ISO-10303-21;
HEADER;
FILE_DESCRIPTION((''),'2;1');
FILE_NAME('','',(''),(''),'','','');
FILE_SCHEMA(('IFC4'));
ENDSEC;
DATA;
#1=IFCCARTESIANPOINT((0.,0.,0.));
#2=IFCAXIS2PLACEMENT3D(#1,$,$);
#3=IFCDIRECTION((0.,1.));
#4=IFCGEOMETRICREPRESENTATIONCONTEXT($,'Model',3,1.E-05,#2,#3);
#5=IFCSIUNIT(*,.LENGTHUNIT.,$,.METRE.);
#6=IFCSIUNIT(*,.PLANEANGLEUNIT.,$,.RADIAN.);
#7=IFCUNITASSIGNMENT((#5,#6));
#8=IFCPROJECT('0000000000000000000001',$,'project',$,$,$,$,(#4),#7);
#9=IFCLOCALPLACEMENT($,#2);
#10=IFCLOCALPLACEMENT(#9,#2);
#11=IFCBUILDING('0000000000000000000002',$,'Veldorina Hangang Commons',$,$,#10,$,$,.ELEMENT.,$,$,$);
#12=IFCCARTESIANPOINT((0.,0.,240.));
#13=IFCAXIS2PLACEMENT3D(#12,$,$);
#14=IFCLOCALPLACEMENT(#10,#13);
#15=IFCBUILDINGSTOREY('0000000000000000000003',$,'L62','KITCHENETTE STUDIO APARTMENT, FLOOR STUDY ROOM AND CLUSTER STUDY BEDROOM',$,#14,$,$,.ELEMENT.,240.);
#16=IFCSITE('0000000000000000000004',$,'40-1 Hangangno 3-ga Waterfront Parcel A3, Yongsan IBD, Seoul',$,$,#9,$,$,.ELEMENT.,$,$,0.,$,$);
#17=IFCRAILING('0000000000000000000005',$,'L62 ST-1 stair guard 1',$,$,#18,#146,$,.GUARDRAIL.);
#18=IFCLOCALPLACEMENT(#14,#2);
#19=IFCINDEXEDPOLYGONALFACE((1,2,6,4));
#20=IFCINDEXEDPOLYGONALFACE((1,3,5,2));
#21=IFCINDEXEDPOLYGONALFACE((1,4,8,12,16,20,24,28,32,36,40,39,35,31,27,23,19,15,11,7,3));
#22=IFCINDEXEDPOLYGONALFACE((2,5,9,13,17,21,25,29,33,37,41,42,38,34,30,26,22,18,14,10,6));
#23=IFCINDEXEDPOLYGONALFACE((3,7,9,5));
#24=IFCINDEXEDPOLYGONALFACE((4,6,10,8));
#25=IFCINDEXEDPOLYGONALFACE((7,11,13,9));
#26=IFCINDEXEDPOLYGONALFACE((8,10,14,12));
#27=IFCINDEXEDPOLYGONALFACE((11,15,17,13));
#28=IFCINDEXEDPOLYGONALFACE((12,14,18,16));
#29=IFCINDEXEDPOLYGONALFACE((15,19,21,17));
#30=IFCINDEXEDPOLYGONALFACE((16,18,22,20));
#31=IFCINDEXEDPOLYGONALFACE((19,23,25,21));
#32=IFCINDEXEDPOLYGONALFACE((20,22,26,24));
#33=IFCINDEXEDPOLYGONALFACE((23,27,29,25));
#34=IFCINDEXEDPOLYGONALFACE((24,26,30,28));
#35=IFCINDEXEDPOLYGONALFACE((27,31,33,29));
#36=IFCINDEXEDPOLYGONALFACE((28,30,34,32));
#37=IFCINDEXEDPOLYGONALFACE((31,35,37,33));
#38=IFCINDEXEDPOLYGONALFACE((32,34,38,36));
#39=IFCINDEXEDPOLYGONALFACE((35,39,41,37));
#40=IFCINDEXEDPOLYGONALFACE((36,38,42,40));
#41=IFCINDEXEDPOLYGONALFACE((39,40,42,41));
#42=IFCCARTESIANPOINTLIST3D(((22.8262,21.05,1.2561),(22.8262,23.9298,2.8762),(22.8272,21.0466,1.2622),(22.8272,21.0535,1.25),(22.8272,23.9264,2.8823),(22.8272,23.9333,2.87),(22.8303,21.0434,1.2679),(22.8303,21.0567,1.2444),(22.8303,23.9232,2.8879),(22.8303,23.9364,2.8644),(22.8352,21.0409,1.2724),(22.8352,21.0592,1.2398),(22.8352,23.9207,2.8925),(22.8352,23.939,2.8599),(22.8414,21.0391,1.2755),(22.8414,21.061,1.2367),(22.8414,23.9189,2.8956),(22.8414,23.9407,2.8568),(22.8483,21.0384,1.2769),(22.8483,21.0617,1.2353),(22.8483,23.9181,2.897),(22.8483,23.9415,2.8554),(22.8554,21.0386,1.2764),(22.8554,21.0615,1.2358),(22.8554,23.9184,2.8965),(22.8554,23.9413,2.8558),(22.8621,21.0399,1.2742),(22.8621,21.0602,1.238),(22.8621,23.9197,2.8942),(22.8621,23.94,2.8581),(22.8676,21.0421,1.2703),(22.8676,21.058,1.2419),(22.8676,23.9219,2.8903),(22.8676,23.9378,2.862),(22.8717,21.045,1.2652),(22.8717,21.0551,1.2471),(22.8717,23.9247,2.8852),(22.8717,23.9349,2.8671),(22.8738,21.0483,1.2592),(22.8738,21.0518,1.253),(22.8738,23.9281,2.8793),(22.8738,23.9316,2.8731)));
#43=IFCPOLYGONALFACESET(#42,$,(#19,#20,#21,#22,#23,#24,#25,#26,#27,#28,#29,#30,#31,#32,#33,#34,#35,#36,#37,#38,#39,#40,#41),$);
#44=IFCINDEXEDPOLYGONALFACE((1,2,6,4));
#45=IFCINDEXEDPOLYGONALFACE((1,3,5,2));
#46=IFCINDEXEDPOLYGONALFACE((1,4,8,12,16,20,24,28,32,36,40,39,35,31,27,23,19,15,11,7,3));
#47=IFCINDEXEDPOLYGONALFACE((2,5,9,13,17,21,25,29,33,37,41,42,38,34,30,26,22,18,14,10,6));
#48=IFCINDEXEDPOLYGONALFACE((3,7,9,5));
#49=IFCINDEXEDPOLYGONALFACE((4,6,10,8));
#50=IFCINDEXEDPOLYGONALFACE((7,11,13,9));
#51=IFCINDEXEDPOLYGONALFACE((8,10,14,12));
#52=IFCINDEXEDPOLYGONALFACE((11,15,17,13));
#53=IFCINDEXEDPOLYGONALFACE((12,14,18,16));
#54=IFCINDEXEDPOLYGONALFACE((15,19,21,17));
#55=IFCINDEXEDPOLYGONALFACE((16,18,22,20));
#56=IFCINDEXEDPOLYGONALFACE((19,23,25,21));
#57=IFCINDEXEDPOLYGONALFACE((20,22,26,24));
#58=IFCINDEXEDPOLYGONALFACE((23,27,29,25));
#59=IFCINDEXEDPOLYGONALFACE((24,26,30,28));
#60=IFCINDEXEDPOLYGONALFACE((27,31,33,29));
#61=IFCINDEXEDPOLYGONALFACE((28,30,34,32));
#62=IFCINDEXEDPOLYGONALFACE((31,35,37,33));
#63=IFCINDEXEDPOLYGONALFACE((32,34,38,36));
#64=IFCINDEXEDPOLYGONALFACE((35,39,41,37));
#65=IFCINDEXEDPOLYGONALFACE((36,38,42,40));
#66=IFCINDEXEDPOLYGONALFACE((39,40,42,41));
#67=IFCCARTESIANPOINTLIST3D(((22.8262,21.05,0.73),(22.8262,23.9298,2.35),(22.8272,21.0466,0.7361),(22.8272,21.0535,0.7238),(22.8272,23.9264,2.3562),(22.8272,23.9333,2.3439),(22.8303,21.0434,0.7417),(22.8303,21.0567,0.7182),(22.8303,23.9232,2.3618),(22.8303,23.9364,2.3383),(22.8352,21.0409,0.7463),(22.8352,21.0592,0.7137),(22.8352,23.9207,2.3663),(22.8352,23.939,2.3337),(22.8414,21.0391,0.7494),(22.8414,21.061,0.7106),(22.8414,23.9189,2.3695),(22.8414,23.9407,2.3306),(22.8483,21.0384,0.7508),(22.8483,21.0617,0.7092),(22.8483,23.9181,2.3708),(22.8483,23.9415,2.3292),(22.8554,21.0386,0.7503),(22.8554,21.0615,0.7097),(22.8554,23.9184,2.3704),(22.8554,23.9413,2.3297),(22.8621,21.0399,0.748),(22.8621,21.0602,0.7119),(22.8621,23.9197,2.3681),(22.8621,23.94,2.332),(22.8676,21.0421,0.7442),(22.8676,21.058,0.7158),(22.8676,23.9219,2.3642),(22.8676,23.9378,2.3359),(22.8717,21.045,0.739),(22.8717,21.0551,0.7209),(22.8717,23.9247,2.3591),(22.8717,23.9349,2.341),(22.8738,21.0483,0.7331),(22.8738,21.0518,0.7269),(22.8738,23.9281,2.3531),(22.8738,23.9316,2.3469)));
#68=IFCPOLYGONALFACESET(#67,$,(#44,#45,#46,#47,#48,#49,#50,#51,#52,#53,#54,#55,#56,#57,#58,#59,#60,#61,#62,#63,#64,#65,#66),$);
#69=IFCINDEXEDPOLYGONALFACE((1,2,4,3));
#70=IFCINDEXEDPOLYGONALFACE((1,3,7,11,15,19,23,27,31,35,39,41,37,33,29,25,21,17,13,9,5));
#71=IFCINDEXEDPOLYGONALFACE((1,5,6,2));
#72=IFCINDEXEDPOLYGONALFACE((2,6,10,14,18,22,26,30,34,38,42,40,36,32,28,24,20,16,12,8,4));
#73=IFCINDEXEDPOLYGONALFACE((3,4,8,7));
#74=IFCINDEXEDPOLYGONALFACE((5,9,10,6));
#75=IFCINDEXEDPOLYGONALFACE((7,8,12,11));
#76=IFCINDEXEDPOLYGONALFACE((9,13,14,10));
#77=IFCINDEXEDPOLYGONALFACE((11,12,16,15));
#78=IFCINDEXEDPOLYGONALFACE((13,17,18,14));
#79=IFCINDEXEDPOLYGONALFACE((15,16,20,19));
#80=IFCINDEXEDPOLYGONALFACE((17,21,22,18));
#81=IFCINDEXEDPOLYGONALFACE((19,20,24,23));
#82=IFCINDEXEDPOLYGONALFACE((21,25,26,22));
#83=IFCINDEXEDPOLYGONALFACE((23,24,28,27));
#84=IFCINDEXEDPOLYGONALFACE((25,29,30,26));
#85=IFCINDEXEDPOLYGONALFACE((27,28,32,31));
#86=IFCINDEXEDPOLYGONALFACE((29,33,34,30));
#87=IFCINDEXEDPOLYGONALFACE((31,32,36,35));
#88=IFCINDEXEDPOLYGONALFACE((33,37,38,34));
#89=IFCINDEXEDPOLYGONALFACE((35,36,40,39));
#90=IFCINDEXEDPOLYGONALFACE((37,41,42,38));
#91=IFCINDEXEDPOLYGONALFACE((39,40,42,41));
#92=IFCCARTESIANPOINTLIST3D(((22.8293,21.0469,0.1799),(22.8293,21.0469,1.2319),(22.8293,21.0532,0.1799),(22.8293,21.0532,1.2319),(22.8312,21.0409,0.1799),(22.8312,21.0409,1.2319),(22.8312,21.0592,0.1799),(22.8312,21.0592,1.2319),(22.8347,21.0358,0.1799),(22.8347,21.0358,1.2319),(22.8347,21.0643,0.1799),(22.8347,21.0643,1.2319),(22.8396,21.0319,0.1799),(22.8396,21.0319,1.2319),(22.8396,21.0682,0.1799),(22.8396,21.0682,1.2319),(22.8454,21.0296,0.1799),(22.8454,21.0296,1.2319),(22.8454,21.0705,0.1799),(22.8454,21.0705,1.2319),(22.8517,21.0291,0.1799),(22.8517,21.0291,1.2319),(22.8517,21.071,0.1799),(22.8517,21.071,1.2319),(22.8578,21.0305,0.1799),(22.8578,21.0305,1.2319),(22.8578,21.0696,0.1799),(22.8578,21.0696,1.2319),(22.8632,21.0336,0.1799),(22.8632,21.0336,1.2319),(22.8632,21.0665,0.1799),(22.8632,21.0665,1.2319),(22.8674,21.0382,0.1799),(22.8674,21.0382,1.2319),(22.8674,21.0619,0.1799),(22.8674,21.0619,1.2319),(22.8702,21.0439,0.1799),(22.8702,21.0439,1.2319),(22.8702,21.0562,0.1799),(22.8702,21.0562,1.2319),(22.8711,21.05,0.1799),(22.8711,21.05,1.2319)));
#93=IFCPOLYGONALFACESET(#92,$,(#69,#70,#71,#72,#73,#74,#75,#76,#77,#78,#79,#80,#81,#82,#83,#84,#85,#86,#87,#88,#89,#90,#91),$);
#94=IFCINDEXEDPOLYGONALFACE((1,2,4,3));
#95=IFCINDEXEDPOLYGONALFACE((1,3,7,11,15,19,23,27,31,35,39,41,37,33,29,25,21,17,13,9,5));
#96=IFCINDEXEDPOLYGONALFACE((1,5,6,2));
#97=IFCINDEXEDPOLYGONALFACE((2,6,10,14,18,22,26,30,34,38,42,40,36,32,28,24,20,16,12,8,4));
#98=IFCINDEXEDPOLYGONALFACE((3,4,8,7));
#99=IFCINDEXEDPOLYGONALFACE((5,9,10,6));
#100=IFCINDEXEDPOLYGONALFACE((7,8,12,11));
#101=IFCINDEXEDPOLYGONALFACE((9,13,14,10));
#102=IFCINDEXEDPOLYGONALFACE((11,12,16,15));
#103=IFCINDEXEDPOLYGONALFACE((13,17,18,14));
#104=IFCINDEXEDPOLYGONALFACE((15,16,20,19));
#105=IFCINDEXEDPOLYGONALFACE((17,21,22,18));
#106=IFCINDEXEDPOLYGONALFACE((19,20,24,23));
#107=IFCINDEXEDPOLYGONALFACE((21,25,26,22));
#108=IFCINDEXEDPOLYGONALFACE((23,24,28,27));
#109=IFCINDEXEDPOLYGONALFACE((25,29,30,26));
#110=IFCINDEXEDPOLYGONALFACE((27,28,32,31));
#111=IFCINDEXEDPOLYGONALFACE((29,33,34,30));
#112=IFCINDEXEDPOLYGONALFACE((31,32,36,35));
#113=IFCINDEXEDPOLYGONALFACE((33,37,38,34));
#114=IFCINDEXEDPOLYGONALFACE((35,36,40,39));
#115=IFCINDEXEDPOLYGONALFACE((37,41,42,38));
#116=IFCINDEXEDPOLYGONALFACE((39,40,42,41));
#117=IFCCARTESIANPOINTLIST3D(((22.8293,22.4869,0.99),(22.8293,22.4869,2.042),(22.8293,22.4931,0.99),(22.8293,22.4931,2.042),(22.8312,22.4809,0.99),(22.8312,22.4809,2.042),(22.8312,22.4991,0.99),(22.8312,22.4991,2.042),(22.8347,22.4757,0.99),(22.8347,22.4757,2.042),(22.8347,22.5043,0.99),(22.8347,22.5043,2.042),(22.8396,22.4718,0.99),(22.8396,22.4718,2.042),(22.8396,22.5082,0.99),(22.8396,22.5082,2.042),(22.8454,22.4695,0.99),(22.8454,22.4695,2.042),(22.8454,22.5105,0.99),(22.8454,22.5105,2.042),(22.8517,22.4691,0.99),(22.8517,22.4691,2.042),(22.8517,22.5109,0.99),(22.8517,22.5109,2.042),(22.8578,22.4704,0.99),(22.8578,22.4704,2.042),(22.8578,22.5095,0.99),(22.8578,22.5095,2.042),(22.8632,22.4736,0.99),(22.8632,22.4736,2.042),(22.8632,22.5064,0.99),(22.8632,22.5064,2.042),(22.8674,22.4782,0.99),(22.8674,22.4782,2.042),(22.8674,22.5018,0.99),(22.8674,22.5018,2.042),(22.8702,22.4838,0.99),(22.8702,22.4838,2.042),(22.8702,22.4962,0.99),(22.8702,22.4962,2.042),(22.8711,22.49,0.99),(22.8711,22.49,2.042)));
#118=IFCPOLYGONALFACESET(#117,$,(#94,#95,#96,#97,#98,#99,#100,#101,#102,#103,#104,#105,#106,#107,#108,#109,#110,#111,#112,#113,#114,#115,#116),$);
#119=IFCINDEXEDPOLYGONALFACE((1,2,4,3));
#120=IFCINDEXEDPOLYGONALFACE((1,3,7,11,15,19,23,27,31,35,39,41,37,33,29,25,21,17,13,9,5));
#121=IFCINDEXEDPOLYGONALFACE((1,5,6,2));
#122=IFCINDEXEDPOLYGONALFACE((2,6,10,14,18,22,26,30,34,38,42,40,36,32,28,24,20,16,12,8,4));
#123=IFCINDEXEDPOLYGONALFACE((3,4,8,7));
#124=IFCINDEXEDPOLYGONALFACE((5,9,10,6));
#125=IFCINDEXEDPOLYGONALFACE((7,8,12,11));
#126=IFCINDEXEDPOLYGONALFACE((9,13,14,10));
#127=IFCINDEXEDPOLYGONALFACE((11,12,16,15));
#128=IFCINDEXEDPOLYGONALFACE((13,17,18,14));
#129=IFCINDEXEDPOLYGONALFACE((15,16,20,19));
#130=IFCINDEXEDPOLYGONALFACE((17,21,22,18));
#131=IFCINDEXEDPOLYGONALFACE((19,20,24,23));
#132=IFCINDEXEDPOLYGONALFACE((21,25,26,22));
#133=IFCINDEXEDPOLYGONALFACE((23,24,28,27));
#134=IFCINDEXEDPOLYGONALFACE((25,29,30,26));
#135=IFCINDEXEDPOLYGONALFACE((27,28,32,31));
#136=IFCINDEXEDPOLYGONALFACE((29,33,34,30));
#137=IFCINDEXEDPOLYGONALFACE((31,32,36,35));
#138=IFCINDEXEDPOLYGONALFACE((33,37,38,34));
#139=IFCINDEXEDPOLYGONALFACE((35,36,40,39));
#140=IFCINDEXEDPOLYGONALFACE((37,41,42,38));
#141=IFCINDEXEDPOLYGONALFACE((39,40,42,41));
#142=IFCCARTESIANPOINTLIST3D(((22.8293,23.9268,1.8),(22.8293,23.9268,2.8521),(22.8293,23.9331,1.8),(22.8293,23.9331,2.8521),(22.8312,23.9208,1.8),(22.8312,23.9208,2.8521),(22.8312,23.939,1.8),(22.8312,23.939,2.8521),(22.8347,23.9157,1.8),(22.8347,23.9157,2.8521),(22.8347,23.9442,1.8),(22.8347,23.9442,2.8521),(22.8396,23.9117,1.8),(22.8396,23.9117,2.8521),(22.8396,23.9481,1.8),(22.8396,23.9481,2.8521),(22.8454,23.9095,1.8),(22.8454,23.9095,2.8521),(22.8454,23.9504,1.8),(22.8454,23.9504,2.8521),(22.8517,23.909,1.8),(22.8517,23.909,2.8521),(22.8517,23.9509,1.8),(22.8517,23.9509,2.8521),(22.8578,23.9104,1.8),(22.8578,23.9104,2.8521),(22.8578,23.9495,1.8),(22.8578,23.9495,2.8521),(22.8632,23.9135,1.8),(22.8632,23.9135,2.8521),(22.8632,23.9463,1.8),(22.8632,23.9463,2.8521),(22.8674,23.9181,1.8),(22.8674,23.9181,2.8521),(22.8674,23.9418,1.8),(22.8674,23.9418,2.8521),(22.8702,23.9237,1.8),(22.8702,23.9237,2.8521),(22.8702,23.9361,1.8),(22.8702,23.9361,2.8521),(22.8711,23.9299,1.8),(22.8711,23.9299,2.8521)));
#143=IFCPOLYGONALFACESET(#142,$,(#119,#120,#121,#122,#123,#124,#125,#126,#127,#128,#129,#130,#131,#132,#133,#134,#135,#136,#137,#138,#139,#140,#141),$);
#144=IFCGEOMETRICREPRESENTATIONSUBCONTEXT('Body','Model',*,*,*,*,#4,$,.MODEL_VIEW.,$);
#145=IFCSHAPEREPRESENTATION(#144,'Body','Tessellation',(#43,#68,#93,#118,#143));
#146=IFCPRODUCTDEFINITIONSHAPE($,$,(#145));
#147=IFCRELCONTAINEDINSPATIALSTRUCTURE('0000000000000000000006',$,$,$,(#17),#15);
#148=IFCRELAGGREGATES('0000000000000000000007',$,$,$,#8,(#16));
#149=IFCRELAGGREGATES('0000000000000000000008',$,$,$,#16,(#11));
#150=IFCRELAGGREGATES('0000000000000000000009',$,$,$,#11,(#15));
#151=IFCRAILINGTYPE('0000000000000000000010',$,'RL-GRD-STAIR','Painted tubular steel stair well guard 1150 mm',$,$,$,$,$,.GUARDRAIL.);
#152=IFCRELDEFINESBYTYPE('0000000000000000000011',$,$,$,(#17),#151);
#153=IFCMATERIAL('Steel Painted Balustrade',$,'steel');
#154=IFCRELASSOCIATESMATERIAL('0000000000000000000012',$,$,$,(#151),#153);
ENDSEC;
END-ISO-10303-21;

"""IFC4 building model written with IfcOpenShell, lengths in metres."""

from ifc_helpers import new_model, si_unit, direction, frame, origin, origin_2d, place, context, subcontext, project, spatial, circle, extrude, material, type_object, element, save


model = new_model("IFC4")

# Units and contexts
model_context = context("Model", 3, precision=1e-05, world=origin(), true_north=direction((0.0, 1.0)))
body_context = subcontext(model_context, "Body", "Model", "MODEL_VIEW")
ifc_project = project(units=[si_unit("LENGTHUNIT", "METRE"), si_unit("PLANEANGLEUNIT", "RADIAN")], contexts=[model_context])

# Site, building, storey
site_placement = place(None, origin())
site = spatial("IfcSite", under=ifc_project, at=site_placement, Name="40-1 Hangangno 3-ga Waterfront Parcel A3, Yongsan IBD, Seoul", CompositionType="ELEMENT", RefElevation=0.0)
building_placement = place(site_placement, origin())
building = spatial("IfcBuilding", under=site, at=building_placement, Name="Veldorina Hangang Commons", CompositionType="ELEMENT")
storey_placement = place(building_placement, frame((0.0, 0.0, 240.0)))
storey = spatial("IfcBuildingStorey", under=building, at=storey_placement, Name="L62", Description="KITCHENETTE STUDIO APARTMENT, FLOOR STUDY ROOM AND CLUSTER STUDY BEDROOM", CompositionType="ELEMENT", Elevation=240.0)

# Railing
ifc_material_1 = material(Name="Steel Painted Balustrade", Category="steel")
railing_type = type_object("IfcRailingType", Name="RL-GRD-STAIR", Description="Painted tubular steel stair well guard 1150 mm", PredefinedType="GUARDRAIL", material=ifc_material_1)
railing_1_placement = place(storey_placement, frame((22.8501, 21.05, 0.1799)))
element("IfcRailing", 1, at=railing_1_placement, inside=storey, type_object=railing_type, Name="L62 ST-1 stair guard 1", PredefinedType="GUARDRAIL", context=body_context, shape_type="SweptSolid", body=[
    extrude(circle(Radius=0.0239, at=origin_2d()), frame((0.0, 0.0, 1.0762), z_axis=(0.0, 0.871552, 0.490303), x_axis=(-1.0, 0.0, 0.0)), (0.0, 0.0, 1.0), 3.3042),
    extrude(circle(Radius=0.0239, at=origin_2d()), frame((0.0, 0.0, 0.55), z_axis=(0.0, 0.871552, 0.490303), x_axis=(-1.0, 0.0, 0.0)), (0.0, 0.0, 1.0), 3.3042),
    extrude(circle(Radius=0.021, at=origin_2d()), origin(), (0.0, 0.0, 1.0), 1.052),
    extrude(circle(Radius=0.021, at=origin_2d()), frame((0.0, 1.4399, 0.8101)), (0.0, 0.0, 1.0), 1.052),
    extrude(circle(Radius=0.021, at=origin_2d()), frame((0.0, 2.8799, 1.6201)), (0.0, 0.0, 1.0), 1.052),
])

save(model, "model.ifc")
